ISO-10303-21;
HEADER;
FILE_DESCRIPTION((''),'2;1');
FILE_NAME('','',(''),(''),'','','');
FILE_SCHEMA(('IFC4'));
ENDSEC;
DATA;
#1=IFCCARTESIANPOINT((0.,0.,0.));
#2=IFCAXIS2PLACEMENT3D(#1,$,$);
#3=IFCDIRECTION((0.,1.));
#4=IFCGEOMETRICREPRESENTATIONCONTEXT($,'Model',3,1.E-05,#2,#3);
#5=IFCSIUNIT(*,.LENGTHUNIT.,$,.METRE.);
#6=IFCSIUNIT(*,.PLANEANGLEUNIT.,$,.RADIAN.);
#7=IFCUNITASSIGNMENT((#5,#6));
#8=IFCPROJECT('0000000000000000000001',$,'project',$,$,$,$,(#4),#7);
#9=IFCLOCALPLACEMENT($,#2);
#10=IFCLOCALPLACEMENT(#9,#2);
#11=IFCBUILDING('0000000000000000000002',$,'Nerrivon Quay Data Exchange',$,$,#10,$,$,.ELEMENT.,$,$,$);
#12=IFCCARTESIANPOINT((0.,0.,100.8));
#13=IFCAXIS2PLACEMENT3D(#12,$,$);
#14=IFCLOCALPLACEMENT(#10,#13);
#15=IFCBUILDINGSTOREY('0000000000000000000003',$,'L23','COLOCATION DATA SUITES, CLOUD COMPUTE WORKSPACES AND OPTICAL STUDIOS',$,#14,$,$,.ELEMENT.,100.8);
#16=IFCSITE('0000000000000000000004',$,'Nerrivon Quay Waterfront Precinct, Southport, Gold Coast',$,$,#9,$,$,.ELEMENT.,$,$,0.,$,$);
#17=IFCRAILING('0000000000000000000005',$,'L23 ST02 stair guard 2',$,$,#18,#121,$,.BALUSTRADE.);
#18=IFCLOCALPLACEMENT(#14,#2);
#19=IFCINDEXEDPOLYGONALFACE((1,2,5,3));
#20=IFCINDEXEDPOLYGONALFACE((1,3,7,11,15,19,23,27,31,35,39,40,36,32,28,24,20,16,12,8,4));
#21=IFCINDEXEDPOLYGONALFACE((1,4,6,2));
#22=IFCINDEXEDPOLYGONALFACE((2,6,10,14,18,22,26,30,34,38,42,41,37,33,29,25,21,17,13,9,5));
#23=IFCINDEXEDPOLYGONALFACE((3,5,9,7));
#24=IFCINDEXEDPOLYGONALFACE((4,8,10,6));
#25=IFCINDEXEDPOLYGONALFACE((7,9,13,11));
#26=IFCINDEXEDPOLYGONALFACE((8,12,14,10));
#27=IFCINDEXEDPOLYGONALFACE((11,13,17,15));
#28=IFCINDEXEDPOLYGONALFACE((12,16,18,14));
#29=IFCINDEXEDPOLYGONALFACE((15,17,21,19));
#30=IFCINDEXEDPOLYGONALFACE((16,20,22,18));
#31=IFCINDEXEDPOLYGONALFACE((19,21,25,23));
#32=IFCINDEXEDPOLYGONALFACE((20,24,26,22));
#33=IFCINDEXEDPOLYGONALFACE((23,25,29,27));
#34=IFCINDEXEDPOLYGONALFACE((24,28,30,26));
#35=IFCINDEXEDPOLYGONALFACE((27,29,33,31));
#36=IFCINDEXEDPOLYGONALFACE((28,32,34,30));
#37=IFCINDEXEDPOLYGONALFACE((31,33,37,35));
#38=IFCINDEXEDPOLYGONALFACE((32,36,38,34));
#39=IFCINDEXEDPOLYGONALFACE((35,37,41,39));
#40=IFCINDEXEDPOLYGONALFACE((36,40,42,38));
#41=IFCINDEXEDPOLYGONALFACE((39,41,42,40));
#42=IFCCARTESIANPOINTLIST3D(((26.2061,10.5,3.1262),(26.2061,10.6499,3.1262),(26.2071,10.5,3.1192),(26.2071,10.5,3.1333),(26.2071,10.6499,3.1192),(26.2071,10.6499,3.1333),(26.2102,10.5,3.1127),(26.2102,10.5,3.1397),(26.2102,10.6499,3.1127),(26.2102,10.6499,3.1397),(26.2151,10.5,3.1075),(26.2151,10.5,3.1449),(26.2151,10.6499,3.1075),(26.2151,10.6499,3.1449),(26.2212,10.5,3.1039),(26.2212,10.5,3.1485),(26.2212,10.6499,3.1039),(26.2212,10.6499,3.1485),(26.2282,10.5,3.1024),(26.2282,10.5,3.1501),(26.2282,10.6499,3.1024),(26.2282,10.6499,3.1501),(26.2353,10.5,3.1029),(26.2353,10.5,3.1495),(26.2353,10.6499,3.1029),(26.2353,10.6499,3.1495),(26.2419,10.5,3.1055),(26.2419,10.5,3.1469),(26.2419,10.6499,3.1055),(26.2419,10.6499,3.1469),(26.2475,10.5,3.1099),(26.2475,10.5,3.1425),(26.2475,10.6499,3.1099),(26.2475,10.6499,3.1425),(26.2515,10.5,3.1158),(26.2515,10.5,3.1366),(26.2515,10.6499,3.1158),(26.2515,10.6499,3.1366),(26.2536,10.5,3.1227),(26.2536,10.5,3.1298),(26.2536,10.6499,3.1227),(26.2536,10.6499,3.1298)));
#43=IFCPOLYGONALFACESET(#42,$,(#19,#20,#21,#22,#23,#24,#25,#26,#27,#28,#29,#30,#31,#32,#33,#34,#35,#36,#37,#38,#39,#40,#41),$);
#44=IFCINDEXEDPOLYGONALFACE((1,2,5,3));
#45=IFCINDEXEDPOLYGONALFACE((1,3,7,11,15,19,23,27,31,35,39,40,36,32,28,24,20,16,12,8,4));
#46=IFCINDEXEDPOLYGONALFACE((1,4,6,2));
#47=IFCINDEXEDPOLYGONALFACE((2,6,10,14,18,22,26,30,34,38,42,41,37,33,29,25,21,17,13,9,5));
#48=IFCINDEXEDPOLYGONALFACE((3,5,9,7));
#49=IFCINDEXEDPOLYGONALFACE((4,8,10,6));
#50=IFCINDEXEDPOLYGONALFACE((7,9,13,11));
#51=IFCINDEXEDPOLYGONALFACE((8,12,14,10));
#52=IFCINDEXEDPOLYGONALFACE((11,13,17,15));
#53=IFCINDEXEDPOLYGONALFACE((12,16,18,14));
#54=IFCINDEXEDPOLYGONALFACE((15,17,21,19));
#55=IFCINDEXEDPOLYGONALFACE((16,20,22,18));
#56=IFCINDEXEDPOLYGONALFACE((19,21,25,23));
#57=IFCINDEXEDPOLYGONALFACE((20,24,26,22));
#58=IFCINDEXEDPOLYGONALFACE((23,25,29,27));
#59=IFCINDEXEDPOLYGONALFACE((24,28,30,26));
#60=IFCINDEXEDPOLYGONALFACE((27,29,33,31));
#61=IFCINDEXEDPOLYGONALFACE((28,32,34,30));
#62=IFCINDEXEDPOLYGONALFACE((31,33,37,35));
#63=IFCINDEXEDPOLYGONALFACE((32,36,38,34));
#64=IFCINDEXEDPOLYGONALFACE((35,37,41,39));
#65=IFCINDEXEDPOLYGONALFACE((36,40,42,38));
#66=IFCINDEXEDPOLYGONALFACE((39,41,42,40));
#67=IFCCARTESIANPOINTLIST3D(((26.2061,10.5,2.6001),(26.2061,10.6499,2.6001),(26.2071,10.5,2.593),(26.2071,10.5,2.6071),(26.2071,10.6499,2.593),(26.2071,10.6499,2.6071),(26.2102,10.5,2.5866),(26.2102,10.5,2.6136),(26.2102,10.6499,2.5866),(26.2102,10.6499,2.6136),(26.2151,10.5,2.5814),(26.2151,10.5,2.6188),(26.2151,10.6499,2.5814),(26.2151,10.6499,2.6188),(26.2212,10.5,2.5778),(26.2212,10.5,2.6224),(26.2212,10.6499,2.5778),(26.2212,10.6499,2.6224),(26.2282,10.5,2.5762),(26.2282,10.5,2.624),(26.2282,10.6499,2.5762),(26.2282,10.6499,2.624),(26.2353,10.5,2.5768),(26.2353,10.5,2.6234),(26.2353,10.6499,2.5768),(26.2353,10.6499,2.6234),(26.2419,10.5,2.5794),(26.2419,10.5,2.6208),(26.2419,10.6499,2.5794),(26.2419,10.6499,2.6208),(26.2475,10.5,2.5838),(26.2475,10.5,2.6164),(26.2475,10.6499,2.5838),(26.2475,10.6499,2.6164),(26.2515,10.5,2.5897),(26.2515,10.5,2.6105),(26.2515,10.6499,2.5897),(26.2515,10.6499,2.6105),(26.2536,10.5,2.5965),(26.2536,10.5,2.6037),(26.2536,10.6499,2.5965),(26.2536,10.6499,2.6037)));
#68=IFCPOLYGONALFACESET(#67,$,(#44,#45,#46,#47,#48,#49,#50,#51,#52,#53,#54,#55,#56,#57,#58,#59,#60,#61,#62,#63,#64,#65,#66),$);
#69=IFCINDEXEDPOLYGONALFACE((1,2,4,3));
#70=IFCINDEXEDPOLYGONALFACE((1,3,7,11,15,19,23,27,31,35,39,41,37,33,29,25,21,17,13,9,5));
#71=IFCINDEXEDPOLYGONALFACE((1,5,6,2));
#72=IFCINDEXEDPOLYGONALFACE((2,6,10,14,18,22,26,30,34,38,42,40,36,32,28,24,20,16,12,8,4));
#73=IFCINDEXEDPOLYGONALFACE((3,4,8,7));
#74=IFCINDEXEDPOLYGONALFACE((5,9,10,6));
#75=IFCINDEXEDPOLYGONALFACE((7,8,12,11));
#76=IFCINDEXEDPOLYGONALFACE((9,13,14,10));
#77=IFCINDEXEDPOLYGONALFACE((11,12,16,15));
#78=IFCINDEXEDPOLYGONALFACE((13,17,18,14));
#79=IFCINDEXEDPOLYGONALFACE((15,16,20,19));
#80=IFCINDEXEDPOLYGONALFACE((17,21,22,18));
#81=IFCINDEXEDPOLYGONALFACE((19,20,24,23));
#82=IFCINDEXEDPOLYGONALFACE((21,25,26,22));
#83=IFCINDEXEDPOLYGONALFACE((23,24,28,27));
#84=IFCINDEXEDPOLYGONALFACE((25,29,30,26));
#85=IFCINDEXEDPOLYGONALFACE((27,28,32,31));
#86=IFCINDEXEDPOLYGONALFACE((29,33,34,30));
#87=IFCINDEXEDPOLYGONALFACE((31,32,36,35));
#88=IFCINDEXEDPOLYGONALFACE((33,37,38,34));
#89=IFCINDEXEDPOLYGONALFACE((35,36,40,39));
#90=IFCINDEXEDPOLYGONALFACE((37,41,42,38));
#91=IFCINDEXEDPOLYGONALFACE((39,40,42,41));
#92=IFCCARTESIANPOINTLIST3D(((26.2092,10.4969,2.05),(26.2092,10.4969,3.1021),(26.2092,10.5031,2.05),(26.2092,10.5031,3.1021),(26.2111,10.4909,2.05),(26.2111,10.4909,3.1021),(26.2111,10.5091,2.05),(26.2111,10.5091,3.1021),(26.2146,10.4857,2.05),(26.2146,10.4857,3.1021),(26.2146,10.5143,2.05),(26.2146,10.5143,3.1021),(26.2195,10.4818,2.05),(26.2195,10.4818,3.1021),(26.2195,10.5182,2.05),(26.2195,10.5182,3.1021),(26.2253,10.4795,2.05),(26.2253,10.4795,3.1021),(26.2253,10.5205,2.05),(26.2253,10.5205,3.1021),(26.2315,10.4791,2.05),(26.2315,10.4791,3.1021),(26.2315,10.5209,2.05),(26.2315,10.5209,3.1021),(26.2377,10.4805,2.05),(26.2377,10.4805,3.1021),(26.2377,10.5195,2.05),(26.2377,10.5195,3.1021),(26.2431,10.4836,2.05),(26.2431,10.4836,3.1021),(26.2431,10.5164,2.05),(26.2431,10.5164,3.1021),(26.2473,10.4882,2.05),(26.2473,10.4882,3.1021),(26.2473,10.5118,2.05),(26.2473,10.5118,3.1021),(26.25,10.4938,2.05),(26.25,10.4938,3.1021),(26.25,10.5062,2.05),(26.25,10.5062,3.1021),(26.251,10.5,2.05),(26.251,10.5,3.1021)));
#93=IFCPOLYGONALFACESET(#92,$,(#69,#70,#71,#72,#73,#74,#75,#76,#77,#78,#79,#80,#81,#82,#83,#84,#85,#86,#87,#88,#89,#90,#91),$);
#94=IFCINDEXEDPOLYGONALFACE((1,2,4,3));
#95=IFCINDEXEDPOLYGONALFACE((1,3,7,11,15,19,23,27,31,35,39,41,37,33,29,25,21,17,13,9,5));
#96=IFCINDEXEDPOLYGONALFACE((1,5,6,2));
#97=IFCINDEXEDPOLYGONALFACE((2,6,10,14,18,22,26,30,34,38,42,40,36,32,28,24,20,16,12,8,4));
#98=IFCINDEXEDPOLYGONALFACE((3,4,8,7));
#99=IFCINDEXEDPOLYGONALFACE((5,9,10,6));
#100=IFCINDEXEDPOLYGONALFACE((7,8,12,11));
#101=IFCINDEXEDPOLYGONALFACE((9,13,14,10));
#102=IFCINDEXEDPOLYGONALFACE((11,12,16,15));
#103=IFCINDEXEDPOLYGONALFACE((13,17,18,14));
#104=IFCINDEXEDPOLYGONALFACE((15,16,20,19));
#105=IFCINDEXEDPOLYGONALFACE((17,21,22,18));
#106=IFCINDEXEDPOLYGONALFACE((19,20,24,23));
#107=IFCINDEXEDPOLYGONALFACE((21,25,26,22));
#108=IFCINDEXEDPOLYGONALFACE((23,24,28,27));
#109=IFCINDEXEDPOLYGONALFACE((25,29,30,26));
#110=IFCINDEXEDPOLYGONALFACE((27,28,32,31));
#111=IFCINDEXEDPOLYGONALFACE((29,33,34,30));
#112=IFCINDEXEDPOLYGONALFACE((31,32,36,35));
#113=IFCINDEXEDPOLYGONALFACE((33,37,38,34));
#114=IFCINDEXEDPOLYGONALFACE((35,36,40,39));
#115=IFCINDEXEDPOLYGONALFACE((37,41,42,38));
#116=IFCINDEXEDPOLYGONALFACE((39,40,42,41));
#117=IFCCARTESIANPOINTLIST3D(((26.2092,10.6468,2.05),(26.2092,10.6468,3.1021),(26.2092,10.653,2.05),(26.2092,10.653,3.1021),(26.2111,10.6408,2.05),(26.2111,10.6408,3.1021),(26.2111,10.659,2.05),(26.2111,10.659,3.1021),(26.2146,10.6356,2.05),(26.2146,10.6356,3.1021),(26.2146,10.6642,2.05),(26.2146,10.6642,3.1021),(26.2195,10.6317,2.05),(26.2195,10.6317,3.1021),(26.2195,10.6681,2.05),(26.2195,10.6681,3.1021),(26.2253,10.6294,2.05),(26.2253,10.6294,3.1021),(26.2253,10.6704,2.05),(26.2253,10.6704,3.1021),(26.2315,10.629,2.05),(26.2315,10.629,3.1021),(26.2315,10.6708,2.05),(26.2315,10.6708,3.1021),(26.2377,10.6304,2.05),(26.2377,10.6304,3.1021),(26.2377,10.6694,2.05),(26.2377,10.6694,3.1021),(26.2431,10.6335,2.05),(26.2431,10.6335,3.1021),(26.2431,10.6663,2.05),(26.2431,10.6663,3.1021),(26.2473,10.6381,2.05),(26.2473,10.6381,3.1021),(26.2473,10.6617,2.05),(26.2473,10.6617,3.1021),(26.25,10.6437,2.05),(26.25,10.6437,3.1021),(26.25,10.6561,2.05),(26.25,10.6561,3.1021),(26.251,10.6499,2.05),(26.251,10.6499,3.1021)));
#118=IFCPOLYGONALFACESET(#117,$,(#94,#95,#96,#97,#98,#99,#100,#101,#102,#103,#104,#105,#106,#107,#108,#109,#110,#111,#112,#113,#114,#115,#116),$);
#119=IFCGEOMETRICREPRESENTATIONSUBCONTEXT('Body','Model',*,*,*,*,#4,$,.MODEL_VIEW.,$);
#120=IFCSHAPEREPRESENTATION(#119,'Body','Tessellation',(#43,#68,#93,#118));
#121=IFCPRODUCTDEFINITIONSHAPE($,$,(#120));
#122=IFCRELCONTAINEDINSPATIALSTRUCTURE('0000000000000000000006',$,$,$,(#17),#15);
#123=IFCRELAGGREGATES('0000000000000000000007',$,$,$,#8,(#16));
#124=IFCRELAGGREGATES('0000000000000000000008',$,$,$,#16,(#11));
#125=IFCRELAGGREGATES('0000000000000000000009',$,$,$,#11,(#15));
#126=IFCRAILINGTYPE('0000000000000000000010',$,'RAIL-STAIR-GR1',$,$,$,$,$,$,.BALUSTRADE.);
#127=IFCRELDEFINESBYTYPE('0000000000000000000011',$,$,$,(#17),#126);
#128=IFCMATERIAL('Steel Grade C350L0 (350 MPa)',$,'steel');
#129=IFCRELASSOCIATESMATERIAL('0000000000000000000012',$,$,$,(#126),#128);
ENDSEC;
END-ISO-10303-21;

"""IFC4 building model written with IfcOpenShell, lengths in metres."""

from ifc_helpers import new_model, si_unit, direction, frame, origin, origin_2d, place, context, subcontext, project, spatial, circle, extrude, material, type_object, element, save


model = new_model("IFC4")

# Units and contexts
model_context = context("Model", 3, precision=1e-05, world=origin(), true_north=direction((0.0, 1.0)))
body_context = subcontext(model_context, "Body", "Model", "MODEL_VIEW")
ifc_project = project(units=[si_unit("LENGTHUNIT", "METRE"), si_unit("PLANEANGLEUNIT", "RADIAN")], contexts=[model_context])

# Site, building, storey
site_placement = place(None, origin())
site = spatial("IfcSite", under=ifc_project, at=site_placement, Name="Nerrivon Quay Waterfront Precinct, Southport, Gold Coast", CompositionType="ELEMENT", RefElevation=0.0)
building_placement = place(site_placement, origin())
building = spatial("IfcBuilding", under=site, at=building_placement, Name="Nerrivon Quay Data Exchange", CompositionType="ELEMENT")
storey_placement = place(building_placement, frame((0.0, 0.0, 100.8)))
storey = spatial("IfcBuildingStorey", under=building, at=storey_placement, Name="L23", Description="COLOCATION DATA SUITES, CLOUD COMPUTE WORKSPACES AND OPTICAL STUDIOS", CompositionType="ELEMENT", Elevation=100.8)

# Railing
ifc_material_1 = material(Name="Steel Grade C350L0 (350 MPa)", Category="steel")
railing_type_1 = type_object("IfcRailingType", Name="RAIL-STAIR-GR1", PredefinedType="BALUSTRADE", material=ifc_material_1)
railing_1_placement = place(storey_placement, frame((26.23, 10.5, 2.05)))
element("IfcRailing", 1, at=railing_1_placement, inside=storey, type_object=railing_type_1, Name="L23 ST02 stair guard 2", PredefinedType="BALUSTRADE", context=body_context, shape_type="SweptSolid", body=[
    extrude(circle(Radius=0.0239, at=origin_2d()), frame((0.0, 0.0, 1.0762), z_axis=(0.0, 1.0, 0.0), x_axis=(-1.0, 0.0, 0.0)), (0.0, 0.0, 1.0), 0.1499),
    extrude(circle(Radius=0.0239, at=origin_2d()), frame((0.0, 0.0, 0.55), z_axis=(0.0, 1.0, 0.0), x_axis=(-1.0, 0.0, 0.0)), (0.0, 0.0, 1.0), 0.1499),
    extrude(circle(Radius=0.021, at=origin_2d()), origin(), (0.0, 0.0, 1.0), 1.052),
    extrude(circle(Radius=0.021, at=origin_2d()), frame((0.0, 0.1499, 0.0)), (0.0, 0.0, 1.0), 1.052),
])

save(model, "model.ifc")
